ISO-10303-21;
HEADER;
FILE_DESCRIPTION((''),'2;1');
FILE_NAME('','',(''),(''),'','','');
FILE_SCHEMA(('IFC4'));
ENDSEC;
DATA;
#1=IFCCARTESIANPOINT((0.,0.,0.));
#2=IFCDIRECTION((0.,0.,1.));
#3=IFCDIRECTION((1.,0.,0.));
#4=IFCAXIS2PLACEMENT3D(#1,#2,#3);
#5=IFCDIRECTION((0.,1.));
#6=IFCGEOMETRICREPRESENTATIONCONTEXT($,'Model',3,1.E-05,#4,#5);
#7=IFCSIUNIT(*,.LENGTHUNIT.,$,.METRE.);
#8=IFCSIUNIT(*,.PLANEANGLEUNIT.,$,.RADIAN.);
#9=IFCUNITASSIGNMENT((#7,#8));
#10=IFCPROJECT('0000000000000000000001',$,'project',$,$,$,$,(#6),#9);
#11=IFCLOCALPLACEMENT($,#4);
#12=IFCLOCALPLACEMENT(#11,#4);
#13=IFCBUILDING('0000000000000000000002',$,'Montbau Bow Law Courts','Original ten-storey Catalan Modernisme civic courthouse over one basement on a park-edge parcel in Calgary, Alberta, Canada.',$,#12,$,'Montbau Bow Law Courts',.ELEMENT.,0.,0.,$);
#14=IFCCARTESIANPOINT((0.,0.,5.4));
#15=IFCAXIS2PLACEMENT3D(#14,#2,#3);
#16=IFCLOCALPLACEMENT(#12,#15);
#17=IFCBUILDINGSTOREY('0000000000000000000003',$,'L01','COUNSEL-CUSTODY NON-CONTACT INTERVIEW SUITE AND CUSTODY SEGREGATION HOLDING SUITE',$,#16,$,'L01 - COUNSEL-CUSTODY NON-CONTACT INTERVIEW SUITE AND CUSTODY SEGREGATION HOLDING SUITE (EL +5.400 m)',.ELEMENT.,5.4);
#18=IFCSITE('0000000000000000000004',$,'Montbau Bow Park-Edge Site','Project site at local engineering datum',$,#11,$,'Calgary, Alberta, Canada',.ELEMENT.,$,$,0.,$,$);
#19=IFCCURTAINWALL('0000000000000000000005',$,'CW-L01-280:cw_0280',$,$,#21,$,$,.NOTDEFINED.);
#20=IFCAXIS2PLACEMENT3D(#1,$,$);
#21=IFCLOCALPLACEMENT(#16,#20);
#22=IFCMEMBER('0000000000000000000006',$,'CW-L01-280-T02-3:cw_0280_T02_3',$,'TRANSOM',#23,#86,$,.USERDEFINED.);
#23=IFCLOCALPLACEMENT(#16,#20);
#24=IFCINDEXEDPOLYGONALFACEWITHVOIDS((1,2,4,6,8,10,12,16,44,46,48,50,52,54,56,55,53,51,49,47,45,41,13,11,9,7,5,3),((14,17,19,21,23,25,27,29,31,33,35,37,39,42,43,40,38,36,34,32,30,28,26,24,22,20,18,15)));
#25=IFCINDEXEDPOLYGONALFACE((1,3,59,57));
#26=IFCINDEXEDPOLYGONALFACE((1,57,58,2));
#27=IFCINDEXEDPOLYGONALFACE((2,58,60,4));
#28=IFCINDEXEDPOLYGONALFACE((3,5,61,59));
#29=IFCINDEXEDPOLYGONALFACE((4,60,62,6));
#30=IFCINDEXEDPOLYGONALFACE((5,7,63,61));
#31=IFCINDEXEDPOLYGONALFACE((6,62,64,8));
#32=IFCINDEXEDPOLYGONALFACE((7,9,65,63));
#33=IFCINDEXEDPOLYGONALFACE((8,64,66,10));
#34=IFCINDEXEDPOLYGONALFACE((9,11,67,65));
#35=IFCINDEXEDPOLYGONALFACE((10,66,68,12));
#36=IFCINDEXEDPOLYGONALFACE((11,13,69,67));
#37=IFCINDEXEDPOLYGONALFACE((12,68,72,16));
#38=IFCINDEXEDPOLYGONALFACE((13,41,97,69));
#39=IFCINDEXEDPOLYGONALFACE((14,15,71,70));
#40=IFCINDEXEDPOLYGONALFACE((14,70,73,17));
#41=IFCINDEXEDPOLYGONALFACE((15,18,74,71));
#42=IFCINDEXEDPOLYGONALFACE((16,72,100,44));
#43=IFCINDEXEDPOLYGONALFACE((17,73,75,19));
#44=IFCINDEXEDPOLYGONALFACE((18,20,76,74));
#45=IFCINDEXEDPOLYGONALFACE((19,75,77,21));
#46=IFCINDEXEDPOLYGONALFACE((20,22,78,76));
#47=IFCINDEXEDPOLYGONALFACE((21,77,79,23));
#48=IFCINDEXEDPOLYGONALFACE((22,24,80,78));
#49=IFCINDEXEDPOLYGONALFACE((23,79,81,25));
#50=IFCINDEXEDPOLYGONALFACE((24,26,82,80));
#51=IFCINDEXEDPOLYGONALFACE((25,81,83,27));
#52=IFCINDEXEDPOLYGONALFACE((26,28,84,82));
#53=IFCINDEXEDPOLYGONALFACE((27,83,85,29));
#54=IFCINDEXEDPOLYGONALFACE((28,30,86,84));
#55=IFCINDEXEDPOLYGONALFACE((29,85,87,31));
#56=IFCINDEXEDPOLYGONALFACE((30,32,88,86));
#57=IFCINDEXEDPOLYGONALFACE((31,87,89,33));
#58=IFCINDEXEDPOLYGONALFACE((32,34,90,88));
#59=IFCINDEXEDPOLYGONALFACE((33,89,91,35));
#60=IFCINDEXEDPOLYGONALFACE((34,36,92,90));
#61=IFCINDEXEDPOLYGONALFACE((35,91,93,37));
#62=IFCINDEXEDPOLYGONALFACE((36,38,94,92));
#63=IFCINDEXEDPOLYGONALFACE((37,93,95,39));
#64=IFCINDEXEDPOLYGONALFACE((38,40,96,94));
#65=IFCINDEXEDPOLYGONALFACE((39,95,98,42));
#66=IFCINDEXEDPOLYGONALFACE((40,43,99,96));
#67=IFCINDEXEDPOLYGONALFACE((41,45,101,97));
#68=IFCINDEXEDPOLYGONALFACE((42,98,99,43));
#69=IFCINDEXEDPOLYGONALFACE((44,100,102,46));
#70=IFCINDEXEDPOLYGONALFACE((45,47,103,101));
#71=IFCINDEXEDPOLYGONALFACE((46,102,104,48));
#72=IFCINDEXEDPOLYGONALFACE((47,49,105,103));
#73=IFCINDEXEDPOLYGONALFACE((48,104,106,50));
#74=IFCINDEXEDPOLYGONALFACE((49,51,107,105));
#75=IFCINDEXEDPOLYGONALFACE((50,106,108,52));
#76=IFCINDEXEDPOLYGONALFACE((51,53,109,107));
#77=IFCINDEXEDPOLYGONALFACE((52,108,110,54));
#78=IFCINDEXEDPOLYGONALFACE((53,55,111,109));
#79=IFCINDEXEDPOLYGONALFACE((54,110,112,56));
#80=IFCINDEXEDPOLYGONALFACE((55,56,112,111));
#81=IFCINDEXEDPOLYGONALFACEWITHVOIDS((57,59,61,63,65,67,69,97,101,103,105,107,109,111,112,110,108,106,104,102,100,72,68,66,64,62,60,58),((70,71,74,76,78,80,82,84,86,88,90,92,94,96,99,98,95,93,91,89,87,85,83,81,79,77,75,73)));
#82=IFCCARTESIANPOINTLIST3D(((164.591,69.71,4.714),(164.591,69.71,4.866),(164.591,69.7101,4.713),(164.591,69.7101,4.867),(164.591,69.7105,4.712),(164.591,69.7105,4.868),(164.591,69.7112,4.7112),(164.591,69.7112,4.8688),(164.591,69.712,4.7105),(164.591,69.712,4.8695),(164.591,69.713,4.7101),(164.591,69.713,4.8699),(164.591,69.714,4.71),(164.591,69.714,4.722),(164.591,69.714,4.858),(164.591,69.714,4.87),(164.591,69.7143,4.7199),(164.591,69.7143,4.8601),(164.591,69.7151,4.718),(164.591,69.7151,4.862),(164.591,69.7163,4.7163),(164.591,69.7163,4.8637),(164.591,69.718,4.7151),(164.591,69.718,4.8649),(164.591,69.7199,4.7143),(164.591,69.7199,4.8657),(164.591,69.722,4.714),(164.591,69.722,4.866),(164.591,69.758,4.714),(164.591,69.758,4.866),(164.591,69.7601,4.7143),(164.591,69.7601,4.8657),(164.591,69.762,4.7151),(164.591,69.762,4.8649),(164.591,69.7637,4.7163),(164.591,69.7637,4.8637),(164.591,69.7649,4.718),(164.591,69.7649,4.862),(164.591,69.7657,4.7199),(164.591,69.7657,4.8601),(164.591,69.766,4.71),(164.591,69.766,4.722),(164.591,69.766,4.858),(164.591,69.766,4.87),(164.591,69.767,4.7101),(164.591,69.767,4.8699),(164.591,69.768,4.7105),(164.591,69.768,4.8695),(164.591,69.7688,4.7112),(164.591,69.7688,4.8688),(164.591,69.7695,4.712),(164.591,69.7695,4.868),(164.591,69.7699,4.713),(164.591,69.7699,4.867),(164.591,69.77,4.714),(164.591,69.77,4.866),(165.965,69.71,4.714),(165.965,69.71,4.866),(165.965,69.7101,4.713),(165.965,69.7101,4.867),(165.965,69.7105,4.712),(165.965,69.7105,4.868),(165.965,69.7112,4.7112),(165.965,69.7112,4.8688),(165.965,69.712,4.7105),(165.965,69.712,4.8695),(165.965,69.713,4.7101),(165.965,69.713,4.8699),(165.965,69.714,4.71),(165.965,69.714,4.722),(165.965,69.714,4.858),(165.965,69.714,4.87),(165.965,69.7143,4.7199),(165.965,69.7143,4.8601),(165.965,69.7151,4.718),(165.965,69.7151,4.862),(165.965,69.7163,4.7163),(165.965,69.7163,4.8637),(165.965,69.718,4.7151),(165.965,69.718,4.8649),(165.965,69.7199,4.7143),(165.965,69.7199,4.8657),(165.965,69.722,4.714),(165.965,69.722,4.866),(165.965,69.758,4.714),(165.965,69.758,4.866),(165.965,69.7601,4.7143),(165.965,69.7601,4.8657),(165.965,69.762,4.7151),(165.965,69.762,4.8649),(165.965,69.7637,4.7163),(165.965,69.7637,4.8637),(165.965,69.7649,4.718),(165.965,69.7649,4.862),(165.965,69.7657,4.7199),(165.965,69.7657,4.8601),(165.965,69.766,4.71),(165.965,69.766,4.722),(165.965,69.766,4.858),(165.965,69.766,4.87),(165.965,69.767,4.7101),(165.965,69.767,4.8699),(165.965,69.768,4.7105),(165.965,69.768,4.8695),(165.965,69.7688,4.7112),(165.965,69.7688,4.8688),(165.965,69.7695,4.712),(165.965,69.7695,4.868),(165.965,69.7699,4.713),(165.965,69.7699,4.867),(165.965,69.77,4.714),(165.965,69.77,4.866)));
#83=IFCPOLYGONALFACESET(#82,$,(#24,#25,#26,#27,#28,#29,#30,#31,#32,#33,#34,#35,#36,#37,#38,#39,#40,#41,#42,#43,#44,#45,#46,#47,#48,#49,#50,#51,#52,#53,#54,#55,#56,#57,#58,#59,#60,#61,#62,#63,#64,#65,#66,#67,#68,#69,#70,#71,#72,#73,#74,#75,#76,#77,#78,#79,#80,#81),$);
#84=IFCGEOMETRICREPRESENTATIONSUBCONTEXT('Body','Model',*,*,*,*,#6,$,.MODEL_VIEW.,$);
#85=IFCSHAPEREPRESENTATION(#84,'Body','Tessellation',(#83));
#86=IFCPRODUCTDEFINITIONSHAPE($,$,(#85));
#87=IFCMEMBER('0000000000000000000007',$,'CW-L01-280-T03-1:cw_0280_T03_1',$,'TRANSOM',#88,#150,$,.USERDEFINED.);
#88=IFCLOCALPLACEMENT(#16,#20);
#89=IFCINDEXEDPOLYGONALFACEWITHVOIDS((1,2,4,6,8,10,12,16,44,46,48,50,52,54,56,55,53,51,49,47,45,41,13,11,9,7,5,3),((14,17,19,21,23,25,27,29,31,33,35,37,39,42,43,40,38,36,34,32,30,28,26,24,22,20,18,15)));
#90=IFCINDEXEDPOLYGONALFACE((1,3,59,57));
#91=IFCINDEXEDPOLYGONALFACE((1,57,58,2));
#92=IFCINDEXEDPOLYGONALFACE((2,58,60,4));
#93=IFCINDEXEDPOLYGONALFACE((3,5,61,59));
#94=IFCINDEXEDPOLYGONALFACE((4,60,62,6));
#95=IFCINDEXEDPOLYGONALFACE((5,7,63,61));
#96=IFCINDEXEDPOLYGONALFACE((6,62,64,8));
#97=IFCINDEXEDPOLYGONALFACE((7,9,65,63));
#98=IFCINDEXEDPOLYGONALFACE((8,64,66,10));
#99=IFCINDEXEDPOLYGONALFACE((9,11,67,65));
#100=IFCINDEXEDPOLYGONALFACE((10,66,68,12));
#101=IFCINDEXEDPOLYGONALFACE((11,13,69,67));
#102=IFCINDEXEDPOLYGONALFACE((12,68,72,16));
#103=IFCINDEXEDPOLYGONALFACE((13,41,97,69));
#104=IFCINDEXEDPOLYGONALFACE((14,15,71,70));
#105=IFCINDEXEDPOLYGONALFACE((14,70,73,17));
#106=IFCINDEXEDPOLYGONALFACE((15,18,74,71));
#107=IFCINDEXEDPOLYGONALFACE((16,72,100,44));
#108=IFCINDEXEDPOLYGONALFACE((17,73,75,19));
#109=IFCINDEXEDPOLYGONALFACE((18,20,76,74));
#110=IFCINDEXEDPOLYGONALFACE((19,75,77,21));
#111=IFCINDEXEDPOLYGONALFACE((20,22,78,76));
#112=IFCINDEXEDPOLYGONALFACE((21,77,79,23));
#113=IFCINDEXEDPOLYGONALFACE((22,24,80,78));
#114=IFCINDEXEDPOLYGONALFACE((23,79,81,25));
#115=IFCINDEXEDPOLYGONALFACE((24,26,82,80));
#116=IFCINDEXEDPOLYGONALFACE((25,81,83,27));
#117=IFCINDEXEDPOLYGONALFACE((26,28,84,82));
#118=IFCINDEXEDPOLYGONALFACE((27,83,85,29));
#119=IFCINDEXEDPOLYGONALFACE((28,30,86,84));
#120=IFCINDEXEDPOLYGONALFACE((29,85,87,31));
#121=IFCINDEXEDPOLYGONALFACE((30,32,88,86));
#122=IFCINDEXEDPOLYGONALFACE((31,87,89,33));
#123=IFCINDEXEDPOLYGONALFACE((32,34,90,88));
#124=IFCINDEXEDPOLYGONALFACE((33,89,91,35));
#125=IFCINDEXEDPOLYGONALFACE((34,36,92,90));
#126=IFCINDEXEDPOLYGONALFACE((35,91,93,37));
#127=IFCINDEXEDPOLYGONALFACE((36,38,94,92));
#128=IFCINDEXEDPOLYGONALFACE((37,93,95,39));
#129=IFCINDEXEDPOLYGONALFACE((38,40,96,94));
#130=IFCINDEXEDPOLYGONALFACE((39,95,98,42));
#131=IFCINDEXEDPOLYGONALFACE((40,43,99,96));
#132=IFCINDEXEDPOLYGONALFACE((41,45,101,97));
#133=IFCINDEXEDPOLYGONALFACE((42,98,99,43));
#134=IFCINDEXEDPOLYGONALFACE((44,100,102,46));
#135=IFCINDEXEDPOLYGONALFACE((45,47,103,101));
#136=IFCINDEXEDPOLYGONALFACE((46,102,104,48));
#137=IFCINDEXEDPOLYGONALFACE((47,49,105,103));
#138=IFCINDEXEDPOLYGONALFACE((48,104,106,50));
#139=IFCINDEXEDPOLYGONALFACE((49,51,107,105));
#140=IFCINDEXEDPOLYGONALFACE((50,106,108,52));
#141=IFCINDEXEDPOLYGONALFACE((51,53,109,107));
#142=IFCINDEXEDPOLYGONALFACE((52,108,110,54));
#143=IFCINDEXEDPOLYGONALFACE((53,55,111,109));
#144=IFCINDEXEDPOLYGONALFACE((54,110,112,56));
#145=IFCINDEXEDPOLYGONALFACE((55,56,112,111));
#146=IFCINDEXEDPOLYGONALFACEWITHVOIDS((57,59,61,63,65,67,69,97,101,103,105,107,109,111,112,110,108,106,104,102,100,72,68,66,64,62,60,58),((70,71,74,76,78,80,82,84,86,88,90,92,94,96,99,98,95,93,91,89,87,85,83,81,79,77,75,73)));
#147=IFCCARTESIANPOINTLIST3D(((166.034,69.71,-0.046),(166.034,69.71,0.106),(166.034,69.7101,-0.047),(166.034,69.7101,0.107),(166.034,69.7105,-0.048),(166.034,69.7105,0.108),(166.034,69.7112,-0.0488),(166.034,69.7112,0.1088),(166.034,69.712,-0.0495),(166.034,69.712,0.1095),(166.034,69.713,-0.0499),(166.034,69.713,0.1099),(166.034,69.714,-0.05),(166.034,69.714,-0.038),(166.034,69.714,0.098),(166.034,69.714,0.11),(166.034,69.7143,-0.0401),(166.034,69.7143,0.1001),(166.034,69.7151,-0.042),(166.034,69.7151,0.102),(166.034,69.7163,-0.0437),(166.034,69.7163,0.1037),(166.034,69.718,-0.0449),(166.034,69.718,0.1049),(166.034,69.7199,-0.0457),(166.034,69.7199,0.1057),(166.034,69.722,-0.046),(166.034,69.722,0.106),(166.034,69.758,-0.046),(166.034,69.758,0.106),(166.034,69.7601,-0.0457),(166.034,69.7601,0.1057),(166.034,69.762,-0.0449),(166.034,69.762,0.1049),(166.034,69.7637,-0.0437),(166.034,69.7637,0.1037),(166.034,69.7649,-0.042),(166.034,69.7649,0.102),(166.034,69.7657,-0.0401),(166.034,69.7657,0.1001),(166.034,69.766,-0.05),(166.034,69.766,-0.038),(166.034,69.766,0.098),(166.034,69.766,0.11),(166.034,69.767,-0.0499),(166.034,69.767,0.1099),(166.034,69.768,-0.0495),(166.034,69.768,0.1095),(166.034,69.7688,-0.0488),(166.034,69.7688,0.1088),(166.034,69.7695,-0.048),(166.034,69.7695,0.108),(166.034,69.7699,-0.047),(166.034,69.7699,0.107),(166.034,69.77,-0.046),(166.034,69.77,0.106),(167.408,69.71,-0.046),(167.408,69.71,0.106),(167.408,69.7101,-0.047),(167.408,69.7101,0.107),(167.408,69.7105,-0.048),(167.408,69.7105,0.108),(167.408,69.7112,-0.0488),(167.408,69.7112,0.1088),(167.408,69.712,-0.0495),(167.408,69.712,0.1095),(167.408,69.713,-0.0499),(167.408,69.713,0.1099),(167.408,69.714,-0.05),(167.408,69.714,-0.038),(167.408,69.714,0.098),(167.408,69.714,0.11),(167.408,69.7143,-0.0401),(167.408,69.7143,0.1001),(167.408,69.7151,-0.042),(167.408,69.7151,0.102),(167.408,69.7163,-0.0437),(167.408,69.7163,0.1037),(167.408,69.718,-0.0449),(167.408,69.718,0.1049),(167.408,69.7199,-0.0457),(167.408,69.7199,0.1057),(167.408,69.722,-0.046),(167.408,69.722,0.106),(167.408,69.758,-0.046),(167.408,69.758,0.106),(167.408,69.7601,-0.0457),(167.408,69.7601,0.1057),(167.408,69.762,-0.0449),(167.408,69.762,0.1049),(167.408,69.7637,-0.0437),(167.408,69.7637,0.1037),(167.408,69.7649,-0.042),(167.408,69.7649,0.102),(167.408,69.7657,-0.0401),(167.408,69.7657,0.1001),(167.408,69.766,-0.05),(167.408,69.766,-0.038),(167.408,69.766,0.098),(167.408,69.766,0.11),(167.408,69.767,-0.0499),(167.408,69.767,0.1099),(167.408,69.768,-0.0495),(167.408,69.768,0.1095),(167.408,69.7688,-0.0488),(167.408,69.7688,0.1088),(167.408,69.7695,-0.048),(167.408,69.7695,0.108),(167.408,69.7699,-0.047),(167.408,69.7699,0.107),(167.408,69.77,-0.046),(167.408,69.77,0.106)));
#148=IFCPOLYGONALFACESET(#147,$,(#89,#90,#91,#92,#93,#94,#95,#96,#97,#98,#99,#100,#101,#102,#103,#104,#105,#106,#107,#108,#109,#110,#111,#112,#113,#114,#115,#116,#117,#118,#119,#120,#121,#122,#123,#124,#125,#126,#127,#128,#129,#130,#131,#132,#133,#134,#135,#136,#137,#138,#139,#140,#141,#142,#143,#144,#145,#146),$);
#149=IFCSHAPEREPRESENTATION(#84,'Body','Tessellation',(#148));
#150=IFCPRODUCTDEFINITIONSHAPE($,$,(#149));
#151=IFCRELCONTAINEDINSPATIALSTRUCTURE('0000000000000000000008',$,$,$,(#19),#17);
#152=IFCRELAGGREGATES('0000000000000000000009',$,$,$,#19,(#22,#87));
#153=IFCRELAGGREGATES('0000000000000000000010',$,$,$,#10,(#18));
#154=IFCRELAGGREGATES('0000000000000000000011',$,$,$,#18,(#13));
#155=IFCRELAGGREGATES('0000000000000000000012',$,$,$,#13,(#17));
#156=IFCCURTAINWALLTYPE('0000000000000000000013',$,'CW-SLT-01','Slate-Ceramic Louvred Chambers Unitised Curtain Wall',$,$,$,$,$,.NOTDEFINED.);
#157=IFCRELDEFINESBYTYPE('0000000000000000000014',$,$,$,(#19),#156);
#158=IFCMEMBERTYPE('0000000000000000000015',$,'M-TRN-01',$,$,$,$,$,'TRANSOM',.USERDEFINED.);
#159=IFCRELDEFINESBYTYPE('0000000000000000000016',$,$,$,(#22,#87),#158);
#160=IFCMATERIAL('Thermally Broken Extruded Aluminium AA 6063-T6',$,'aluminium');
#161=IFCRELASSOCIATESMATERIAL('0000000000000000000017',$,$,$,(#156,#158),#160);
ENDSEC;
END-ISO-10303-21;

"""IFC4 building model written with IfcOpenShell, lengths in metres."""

from ifc_helpers import new_model, si_unit, direction, frame, origin_with_axes, origin_2d_with_axis, place, context, subcontext, project, spatial, hollow_rectangle, extrude, material, material_profile, profile_set, type_object, element, aggregate, save


model = new_model("IFC4")

# Units and contexts
model_context = context("Model", 3, precision=1e-05, world=origin_with_axes(), true_north=direction((0.0, 1.0)))
body_context = subcontext(model_context, "Body", "Model", "MODEL_VIEW")
ifc_project = project(units=[si_unit("LENGTHUNIT", "METRE"), si_unit("PLANEANGLEUNIT", "RADIAN")], contexts=[model_context])

# Site, building, storey
site_placement = place(None, origin_with_axes())
site = spatial("IfcSite", under=ifc_project, at=site_placement, Name="Montbau Bow Park-Edge Site", Description="Project site at local engineering datum", LongName="Calgary, Alberta, Canada", CompositionType="ELEMENT", RefElevation=0.0)
building_placement = place(site_placement, origin_with_axes())
building = spatial("IfcBuilding", under=site, at=building_placement, Name="Montbau Bow Law Courts", Description="Original ten-storey Catalan Modernisme civic courthouse over one basement on a park-edge parcel in Calgary, Alberta, Canada.", LongName="Montbau Bow Law Courts", CompositionType="ELEMENT", ElevationOfRefHeight=0.0, ElevationOfTerrain=0.0)
storey_placement = place(building_placement, frame((0.0, 0.0, 5.4), z_axis=(0.0, 0.0, 1.0), x_axis=(1.0, 0.0, 0.0)))
storey = spatial("IfcBuildingStorey", under=building, at=storey_placement, Name="L01", Description="COUNSEL-CUSTODY NON-CONTACT INTERVIEW SUITE AND CUSTODY SEGREGATION HOLDING SUITE", LongName="L01 - COUNSEL-CUSTODY NON-CONTACT INTERVIEW SUITE AND CUSTODY SEGREGATION HOLDING SUITE (EL +5.400 m)", CompositionType="ELEMENT", Elevation=5.4)

# Curtain wall, members
ifc_material_1 = material(Name="Thermally Broken Extruded Aluminium AA 6063-T6", Category="aluminium")
curtain_wall_type = type_object("IfcCurtainWallType", Name="CW-SLT-01", Description="Slate-Ceramic Louvred Chambers Unitised Curtain Wall", PredefinedType="NOTDEFINED", material=ifc_material_1)
curtain_wall_placement = place(None, frame((163.115, 69.74, 5.4), z_axis=(0.0, 0.0, 1.0), x_axis=(1.0, 0.0, 0.0)))
curtain_wall = element("IfcCurtainWall", 1, at=curtain_wall_placement, inside=storey, type_object=curtain_wall_type, Name="CW-L01-280:cw_0280", PredefinedType="NOTDEFINED")
ifc_material_profile_1 = material_profile(ifc_material_1, hollow_rectangle(XDim=0.06, YDim=0.16, WallThickness=0.004, InnerFilletRadius=0.008, OuterFilletRadius=0.004, at=origin_2d_with_axis()), Name="CWT-160X60", Category="Main", Priority=0)
ifc_profile_set_1 = profile_set([ifc_material_profile_1], Name="Thermally Broken Extruded Aluminium AA 6063-T6")
member_type_1 = type_object("IfcMemberType", Name="M-TRN-01", ElementType="TRANSOM", PredefinedType="USERDEFINED", material=ifc_profile_set_1)
member_1_placement = place(None, frame((164.591, 69.74, 10.19), z_axis=(1.0, 0.0, 0.0), x_axis=(0.0, 1.0, 0.0)))
member_1 = element("IfcMember", 2, at=member_1_placement, type_object=member_type_1, Name="CW-L01-280-T02-3:cw_0280_T02_3", ObjectType="TRANSOM", PredefinedType="USERDEFINED", context=body_context, shape_type="SweptSolid", body=[
    extrude(hollow_rectangle(XDim=0.06, YDim=0.16, WallThickness=0.004, InnerFilletRadius=0.008, OuterFilletRadius=0.004, at=origin_2d_with_axis()), origin_with_axes(), (0.0, 0.0, 1.0), 1.374),
])
member_2_placement = place(None, frame((166.034, 69.74, 5.43), z_axis=(1.0, 0.0, 0.0), x_axis=(0.0, 1.0, 0.0)))
member_2 = element("IfcMember", 3, at=member_2_placement, type_object=member_type_1, Name="CW-L01-280-T03-1:cw_0280_T03_1", ObjectType="TRANSOM", PredefinedType="USERDEFINED", context=body_context, shape_type="SweptSolid", body=[
    extrude(hollow_rectangle(XDim=0.06, YDim=0.16, WallThickness=0.004, InnerFilletRadius=0.008, OuterFilletRadius=0.004, at=origin_2d_with_axis()), origin_with_axes(), (0.0, 0.0, 1.0), 1.374),
])
aggregate(curtain_wall, [member_1, member_2])

save(model, "model.ifc")
